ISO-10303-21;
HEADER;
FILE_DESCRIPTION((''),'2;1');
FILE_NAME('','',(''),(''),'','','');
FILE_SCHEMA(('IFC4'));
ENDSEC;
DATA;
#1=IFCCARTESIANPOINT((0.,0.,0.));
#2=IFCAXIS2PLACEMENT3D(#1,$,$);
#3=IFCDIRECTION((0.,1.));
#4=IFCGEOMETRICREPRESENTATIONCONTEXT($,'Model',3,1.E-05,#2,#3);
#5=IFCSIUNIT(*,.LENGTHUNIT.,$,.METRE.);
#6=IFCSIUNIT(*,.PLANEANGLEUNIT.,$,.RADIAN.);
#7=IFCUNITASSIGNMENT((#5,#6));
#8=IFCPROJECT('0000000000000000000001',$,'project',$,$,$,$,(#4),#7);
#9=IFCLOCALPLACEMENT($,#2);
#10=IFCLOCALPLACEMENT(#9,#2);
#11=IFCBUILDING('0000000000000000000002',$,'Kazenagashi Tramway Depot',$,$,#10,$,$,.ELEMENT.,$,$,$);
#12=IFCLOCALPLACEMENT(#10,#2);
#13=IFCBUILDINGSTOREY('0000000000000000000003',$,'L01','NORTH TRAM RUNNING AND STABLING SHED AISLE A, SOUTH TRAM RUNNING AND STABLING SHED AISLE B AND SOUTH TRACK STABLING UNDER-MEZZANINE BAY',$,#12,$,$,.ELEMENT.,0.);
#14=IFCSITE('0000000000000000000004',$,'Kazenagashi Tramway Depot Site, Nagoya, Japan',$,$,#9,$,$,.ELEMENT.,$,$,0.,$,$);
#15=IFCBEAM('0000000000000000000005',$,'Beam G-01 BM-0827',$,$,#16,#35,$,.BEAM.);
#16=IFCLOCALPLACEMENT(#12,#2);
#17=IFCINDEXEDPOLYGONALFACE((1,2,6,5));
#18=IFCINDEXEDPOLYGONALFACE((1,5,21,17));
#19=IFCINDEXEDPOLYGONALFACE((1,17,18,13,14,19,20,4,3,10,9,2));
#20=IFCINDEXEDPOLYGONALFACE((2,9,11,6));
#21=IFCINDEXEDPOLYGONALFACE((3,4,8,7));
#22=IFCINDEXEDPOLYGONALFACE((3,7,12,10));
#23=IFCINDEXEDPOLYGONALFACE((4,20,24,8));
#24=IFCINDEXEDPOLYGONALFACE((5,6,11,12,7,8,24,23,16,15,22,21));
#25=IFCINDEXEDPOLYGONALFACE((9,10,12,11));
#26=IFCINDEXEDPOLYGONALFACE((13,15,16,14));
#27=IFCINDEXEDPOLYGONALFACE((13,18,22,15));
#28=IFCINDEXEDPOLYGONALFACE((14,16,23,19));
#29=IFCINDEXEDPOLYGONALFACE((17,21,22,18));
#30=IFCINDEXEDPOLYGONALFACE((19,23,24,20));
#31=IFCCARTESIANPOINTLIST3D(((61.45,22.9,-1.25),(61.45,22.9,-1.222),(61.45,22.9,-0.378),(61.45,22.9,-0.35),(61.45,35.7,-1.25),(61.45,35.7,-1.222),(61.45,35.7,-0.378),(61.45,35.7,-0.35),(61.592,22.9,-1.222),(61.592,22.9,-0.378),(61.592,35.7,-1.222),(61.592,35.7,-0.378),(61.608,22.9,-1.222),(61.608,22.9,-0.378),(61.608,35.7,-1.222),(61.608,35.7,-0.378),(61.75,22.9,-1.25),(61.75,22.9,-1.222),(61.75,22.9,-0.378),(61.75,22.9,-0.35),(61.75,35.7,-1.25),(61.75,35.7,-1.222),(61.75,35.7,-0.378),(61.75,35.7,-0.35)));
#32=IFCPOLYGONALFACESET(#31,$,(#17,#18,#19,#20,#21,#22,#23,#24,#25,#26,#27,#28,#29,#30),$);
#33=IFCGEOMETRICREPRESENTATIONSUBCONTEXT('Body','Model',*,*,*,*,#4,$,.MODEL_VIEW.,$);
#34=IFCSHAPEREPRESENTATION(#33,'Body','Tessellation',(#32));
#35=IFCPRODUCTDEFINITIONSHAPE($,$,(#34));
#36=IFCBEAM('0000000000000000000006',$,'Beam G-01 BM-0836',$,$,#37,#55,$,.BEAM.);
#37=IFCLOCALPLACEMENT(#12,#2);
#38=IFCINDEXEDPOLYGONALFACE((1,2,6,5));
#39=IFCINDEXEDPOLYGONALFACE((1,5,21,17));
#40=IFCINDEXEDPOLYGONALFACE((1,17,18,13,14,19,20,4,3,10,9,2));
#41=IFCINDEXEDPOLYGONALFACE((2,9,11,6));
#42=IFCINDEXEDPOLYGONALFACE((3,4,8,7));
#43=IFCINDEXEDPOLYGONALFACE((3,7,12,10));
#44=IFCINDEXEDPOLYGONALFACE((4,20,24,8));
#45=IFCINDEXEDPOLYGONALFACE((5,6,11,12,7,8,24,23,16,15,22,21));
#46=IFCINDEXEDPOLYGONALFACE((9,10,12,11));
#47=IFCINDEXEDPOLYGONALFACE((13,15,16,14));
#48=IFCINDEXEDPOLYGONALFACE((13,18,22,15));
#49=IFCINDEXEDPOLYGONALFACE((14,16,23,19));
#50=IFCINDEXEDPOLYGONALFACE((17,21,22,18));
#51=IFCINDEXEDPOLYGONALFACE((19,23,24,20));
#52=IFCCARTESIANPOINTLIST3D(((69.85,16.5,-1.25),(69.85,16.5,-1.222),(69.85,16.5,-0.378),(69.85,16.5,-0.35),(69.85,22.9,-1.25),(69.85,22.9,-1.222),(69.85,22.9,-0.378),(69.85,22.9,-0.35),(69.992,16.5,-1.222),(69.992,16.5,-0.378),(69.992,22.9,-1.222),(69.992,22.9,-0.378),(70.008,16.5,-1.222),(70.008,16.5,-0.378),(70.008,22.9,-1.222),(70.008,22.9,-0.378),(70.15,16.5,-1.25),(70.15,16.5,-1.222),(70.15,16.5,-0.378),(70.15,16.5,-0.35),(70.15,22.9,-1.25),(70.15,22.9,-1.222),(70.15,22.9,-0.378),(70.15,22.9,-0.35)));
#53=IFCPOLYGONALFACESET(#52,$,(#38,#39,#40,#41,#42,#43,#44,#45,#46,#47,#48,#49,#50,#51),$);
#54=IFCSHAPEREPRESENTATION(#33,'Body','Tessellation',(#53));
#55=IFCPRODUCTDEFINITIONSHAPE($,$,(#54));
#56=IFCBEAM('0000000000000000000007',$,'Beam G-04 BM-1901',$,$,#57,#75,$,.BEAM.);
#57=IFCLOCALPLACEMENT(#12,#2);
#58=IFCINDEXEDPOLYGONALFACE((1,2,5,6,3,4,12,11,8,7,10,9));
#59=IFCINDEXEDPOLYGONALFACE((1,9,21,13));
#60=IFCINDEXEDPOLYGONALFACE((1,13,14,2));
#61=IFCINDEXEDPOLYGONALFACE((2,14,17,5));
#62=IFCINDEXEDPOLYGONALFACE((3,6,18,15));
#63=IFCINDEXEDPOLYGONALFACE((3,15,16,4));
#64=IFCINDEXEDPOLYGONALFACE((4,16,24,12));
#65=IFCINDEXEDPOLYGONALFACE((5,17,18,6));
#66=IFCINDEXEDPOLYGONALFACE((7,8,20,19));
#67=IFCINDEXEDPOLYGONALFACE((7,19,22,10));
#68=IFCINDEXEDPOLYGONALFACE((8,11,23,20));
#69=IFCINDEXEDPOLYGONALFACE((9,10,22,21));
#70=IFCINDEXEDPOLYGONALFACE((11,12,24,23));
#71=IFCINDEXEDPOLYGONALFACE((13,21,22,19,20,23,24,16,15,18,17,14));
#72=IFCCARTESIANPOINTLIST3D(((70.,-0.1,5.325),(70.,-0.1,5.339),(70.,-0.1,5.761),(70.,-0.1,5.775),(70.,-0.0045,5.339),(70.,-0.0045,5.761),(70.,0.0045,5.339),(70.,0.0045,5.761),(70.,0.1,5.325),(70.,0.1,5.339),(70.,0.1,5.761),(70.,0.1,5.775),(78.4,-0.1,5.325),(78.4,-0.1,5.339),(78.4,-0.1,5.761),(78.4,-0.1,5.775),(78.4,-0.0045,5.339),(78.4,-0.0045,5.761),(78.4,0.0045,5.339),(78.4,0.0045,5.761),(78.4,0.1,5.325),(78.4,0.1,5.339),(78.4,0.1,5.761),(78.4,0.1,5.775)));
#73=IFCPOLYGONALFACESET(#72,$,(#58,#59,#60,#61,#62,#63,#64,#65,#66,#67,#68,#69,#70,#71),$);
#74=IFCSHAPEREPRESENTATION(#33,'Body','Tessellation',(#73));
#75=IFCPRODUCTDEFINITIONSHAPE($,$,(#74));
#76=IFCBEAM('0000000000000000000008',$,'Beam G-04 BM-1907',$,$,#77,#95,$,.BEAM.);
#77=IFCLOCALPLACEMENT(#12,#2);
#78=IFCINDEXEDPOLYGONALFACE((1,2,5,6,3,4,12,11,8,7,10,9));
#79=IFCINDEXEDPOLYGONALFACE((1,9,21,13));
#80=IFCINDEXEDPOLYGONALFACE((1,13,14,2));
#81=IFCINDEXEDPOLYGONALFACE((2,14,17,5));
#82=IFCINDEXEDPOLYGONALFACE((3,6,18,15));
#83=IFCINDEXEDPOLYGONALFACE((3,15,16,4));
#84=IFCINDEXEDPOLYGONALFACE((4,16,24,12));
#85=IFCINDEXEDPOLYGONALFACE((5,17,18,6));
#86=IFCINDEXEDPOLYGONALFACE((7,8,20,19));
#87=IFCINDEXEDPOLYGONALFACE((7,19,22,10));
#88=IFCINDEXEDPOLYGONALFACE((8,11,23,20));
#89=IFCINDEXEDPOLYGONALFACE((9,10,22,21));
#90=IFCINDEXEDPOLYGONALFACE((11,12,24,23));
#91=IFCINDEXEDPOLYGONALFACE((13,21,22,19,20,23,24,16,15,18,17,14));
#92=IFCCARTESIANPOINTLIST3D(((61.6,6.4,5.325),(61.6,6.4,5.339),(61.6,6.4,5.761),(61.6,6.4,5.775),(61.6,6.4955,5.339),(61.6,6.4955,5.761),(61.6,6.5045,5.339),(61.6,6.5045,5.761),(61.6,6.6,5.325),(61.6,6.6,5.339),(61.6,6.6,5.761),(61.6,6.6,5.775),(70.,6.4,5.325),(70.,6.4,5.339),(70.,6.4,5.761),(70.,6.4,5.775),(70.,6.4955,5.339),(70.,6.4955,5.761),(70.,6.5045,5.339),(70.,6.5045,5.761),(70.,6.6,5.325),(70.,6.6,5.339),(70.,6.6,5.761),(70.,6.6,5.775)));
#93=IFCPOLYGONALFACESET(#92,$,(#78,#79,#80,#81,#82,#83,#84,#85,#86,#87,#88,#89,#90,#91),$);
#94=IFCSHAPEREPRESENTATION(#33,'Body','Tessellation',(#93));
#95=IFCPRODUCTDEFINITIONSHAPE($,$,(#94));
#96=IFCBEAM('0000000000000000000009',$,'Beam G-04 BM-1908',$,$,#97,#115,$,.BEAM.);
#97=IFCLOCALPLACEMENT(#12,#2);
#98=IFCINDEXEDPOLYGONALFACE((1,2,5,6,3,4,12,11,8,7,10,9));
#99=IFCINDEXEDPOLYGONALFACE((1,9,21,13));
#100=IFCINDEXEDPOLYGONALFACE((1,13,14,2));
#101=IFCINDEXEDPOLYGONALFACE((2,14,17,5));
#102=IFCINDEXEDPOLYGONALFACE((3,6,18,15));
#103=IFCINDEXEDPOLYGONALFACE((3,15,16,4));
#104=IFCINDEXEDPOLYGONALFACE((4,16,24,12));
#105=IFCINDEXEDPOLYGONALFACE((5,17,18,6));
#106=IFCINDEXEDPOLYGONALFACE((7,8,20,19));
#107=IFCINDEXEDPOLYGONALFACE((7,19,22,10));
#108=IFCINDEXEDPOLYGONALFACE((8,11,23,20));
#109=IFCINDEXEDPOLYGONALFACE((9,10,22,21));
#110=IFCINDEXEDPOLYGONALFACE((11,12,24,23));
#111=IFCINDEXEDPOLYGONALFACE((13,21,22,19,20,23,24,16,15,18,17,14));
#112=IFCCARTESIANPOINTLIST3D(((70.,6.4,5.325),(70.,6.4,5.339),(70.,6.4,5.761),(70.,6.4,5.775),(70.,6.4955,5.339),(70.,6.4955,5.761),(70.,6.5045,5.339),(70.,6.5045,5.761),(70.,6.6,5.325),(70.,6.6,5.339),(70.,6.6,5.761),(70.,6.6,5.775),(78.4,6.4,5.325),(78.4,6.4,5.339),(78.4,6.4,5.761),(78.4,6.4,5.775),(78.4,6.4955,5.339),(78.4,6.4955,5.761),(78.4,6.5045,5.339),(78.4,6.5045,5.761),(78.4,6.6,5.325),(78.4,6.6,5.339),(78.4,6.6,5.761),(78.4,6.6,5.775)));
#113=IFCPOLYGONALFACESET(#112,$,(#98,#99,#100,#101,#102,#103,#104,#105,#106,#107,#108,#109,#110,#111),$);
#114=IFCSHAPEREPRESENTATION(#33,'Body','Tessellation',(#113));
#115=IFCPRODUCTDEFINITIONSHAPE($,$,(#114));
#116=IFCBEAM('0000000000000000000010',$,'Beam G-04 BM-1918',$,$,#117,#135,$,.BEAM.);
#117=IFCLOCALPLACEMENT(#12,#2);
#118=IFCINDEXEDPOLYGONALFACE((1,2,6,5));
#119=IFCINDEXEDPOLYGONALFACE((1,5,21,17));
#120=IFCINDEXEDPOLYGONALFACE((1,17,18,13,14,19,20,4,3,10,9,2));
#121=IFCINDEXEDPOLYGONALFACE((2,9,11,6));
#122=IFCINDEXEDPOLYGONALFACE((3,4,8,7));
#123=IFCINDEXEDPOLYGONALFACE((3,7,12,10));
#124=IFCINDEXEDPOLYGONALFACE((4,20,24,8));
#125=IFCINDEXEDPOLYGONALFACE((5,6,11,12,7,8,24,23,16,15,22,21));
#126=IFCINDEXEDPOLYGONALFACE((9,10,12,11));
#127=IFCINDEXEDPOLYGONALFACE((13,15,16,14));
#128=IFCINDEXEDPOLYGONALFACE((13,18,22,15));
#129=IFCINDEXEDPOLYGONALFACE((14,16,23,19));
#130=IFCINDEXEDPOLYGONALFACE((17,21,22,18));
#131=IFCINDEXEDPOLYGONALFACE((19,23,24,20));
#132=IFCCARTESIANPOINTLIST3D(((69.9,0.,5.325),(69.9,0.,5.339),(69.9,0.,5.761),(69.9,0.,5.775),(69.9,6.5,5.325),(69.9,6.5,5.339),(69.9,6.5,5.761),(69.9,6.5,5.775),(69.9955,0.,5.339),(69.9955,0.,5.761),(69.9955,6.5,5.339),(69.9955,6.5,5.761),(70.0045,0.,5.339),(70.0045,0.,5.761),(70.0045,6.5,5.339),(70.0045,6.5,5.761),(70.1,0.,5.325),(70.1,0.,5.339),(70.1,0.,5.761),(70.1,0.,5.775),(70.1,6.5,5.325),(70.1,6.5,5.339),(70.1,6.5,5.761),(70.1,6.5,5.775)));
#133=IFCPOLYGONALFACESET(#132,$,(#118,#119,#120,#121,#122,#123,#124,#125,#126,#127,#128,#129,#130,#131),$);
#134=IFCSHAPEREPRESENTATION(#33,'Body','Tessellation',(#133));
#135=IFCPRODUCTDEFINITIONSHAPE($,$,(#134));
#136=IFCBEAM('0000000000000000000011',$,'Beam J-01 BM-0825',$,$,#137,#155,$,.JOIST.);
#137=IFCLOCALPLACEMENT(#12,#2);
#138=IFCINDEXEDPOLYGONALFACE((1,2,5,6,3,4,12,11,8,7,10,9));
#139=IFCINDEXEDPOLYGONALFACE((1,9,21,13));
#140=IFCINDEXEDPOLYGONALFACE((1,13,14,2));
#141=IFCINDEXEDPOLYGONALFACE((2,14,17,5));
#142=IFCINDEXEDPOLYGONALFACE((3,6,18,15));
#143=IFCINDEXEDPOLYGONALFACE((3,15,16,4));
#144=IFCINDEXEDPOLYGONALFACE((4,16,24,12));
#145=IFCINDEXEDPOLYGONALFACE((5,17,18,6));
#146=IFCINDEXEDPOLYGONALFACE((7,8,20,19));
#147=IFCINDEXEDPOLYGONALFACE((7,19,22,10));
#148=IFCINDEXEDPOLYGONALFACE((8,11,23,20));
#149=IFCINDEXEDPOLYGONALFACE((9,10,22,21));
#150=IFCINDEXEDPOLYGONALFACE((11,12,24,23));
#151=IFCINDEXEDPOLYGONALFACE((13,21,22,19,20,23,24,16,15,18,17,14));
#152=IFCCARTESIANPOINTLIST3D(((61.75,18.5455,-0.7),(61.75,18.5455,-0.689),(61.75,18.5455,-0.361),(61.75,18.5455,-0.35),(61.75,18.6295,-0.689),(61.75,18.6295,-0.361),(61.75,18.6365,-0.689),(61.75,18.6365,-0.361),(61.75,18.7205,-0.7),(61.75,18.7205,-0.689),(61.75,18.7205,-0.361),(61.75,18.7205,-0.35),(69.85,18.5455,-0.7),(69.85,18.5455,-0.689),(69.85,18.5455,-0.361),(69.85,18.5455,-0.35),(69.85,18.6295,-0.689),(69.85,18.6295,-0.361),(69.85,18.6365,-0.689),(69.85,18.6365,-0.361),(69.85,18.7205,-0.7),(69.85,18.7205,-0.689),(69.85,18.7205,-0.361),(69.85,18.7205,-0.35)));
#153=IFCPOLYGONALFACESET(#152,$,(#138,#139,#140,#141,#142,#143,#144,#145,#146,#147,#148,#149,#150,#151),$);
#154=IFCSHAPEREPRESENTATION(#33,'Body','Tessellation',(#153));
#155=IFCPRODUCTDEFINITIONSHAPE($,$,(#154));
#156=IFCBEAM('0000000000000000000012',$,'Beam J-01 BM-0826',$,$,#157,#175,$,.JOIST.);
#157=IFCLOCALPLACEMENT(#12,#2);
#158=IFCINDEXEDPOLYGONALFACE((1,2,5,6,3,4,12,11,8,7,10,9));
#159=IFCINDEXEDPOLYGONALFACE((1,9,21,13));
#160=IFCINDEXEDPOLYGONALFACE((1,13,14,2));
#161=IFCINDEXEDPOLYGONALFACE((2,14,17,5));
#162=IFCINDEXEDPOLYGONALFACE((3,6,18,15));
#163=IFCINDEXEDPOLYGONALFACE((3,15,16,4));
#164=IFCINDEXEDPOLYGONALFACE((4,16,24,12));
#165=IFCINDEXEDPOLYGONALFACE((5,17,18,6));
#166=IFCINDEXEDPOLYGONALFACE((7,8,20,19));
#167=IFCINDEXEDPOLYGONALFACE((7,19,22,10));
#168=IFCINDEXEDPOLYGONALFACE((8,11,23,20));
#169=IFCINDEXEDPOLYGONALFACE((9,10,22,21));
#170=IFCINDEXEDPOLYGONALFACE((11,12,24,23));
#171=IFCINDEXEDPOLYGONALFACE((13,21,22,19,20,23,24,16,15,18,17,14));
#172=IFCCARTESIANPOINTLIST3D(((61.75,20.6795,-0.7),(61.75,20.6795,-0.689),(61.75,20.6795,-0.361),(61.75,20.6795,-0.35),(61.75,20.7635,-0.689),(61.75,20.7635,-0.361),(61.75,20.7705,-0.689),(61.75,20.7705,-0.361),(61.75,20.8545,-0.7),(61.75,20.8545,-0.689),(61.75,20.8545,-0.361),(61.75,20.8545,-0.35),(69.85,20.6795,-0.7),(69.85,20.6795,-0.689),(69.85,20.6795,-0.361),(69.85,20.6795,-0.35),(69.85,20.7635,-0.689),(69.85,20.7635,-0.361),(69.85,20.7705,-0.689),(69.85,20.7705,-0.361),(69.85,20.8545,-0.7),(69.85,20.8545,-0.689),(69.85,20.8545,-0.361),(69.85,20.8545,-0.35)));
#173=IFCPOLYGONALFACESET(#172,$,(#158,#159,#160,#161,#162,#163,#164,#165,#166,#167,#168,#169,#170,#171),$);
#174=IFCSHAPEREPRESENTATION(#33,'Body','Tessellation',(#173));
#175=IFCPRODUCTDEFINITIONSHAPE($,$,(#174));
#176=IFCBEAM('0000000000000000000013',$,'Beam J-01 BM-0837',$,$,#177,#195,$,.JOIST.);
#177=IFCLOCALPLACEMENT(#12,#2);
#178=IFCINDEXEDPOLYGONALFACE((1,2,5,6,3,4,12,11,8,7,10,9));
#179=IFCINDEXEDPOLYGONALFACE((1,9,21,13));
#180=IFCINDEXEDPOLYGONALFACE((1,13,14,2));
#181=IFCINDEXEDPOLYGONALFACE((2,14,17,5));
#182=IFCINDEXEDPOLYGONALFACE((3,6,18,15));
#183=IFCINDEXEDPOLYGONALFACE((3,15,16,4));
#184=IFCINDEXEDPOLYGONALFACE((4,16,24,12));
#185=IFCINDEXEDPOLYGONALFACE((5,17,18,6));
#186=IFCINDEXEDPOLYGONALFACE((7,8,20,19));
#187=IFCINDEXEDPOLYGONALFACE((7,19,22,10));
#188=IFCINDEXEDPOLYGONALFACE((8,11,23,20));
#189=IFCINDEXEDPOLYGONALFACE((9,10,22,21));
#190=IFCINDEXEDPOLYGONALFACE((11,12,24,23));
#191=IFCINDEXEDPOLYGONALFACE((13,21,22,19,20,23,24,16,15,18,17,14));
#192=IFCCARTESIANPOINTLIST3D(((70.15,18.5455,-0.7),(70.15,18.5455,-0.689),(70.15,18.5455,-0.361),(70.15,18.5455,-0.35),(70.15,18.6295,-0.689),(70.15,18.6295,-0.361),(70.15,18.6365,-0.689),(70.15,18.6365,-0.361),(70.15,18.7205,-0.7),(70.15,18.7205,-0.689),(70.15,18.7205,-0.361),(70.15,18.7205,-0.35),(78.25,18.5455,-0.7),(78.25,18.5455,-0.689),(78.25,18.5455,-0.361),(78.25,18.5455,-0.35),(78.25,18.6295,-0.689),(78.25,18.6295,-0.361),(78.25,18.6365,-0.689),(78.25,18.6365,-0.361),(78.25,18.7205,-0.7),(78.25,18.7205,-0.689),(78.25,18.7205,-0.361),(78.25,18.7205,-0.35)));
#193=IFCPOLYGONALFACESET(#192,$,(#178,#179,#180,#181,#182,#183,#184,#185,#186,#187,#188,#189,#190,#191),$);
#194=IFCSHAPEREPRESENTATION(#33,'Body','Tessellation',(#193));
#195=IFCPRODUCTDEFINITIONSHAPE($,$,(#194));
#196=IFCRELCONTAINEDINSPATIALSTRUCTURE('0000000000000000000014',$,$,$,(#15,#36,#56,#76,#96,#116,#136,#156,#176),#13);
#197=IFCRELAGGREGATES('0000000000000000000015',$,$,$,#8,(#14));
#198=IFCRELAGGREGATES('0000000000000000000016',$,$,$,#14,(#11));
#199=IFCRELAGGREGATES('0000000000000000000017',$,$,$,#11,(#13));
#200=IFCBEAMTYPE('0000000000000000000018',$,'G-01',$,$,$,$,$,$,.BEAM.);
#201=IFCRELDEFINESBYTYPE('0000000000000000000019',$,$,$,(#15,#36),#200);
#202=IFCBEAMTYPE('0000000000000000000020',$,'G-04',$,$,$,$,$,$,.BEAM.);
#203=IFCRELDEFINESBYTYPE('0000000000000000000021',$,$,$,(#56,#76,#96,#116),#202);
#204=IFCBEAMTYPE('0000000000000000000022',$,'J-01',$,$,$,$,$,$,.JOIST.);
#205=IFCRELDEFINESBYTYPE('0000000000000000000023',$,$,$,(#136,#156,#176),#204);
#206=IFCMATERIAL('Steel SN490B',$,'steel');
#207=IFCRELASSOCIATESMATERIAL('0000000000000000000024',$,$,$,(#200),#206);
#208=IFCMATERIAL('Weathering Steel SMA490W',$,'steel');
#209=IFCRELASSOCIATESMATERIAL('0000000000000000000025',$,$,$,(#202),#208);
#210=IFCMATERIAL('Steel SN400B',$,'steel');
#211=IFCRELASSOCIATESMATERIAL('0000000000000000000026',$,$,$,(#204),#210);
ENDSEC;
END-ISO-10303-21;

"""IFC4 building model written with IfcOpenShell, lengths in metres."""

from ifc_helpers import new_model, si_unit, direction, frame, origin, origin_2d, place, context, subcontext, project, spatial, i_section, extrude, material, material_profile, profile_set, type_object, element, save


model = new_model("IFC4")

# Units and contexts
model_context = context("Model", 3, precision=1e-05, world=origin(), true_north=direction((0.0, 1.0)))
body_context = subcontext(model_context, "Body", "Model", "MODEL_VIEW")
ifc_project = project(units=[si_unit("LENGTHUNIT", "METRE"), si_unit("PLANEANGLEUNIT", "RADIAN")], contexts=[model_context])

# Site, building, storey
site_placement = place(None, origin())
site = spatial("IfcSite", under=ifc_project, at=site_placement, Name="Kazenagashi Tramway Depot Site, Nagoya, Japan", CompositionType="ELEMENT", RefElevation=0.0)
building_placement = place(site_placement, origin())
building = spatial("IfcBuilding", under=site, at=building_placement, Name="Kazenagashi Tramway Depot", CompositionType="ELEMENT")
storey_placement = place(building_placement, origin())
storey = spatial("IfcBuildingStorey", under=building, at=storey_placement, Name="L01", Description="NORTH TRAM RUNNING AND STABLING SHED AISLE A, SOUTH TRAM RUNNING AND STABLING SHED AISLE B AND SOUTH TRACK STABLING UNDER-MEZZANINE BAY", CompositionType="ELEMENT", Elevation=0.0)

# Shared definitions
ifc_material_1 = material(Name="Steel SN490B", Category="steel")
ifc_material_2 = material(Name="Weathering Steel SMA490W", Category="steel")

# Beams
ifc_material_profile_1 = material_profile(ifc_material_1, i_section(OverallWidth=0.3, OverallDepth=0.9, WebThickness=0.016, FlangeThickness=0.028, at=origin_2d()), Name="H-900x300x16x28")
ifc_profile_set_1 = profile_set([ifc_material_profile_1], Name="Steel SN490B")
beam_type_1 = type_object("IfcBeamType", Name="G-01", PredefinedType="BEAM", material=ifc_profile_set_1)
beam_1_placement = place(storey_placement, frame((61.6, 22.9, -0.8), z_axis=(0.0, 1.0, 0.0), x_axis=(-1.0, 0.0, 0.0)))
element("IfcBeam", 1, at=beam_1_placement, inside=storey, type_object=beam_type_1, Name="Beam G-01 BM-0827", PredefinedType="BEAM", context=body_context, shape_type="SweptSolid", body=[
    extrude(i_section(OverallWidth=0.3, OverallDepth=0.9, WebThickness=0.016, FlangeThickness=0.028, at=origin_2d()), origin(), (0.0, 0.0, 1.0), 12.8),
])
beam_2_placement = place(storey_placement, frame((70.0, 16.5, -0.8), z_axis=(0.0, 1.0, 0.0), x_axis=(-1.0, 0.0, 0.0)))
element("IfcBeam", 2, at=beam_2_placement, inside=storey, type_object=beam_type_1, Name="Beam G-01 BM-0836", PredefinedType="BEAM", context=body_context, shape_type="SweptSolid", body=[
    extrude(i_section(OverallWidth=0.3, OverallDepth=0.9, WebThickness=0.016, FlangeThickness=0.028, at=origin_2d()), origin(), (0.0, 0.0, 1.0), 6.4),
])
ifc_material_profile_2 = material_profile(ifc_material_2, i_section(OverallWidth=0.2, OverallDepth=0.45, WebThickness=0.009, FlangeThickness=0.014, at=origin_2d()), Name="H-450x200x9x14")
ifc_profile_set_2 = profile_set([ifc_material_profile_2], Name="Weathering Steel SMA490W")
beam_type_2 = type_object("IfcBeamType", Name="G-04", PredefinedType="BEAM", material=ifc_profile_set_2)
for number, where, z_axis, x_axis, name in (
    (3, (70.0, 0.0, 5.55), (1.0, 0.0, 0.0), (0.0, 1.0, 0.0), "Beam G-04 BM-1901"),
    (4, (61.6, 6.5, 5.55), (1.0, 0.0, 0.0), (0.0, 1.0, 0.0), "Beam G-04 BM-1907"),
    (5, (70.0, 6.5, 5.55), (1.0, 0.0, 0.0), (0.0, 1.0, 0.0), "Beam G-04 BM-1908"),
):
    element("IfcBeam", number, at=place(storey_placement, frame(where, z_axis=z_axis, x_axis=x_axis)), inside=storey, type_object=beam_type_2, Name=name, PredefinedType="BEAM", context=body_context, shape_type="SweptSolid", body=[
        extrude(i_section(OverallWidth=0.2, OverallDepth=0.45, WebThickness=0.009, FlangeThickness=0.014, at=origin_2d()), origin(), (0.0, 0.0, 1.0), 8.4),
    ])
beam_3_placement = place(storey_placement, frame((70.0, 0.0, 5.55), z_axis=(0.0, 1.0, 0.0), x_axis=(-1.0, 0.0, 0.0)))
element("IfcBeam", 6, at=beam_3_placement, inside=storey, type_object=beam_type_2, Name="Beam G-04 BM-1918", PredefinedType="BEAM", context=body_context, shape_type="SweptSolid", body=[
    extrude(i_section(OverallWidth=0.2, OverallDepth=0.45, WebThickness=0.009, FlangeThickness=0.014, at=origin_2d()), origin(), (0.0, 0.0, 1.0), 6.5),
])
ifc_material_3 = material(Name="Steel SN400B", Category="steel")
ifc_material_profile_3 = material_profile(ifc_material_3, i_section(OverallWidth=0.175, OverallDepth=0.35, WebThickness=0.007, FlangeThickness=0.011, at=origin_2d()), Name="H-350x175x7x11")
ifc_profile_set_3 = profile_set([ifc_material_profile_3], Name="Steel SN400B")
beam_type_3 = type_object("IfcBeamType", Name="J-01", PredefinedType="JOIST", material=ifc_profile_set_3)
for number, where, z_axis, x_axis, name in (
    (7, (61.75, 18.633, -0.525), (1.0, 0.0, 0.0), (0.0, 1.0, 0.0), "Beam J-01 BM-0825"),
    (8, (61.75, 20.767, -0.525), (1.0, 0.0, 0.0), (0.0, 1.0, 0.0), "Beam J-01 BM-0826"),
    (9, (70.15, 18.633, -0.525), (1.0, 0.0, 0.0), (0.0, 1.0, 0.0), "Beam J-01 BM-0837"),
):
    element("IfcBeam", number, at=place(storey_placement, frame(where, z_axis=z_axis, x_axis=x_axis)), inside=storey, type_object=beam_type_3, Name=name, PredefinedType="JOIST", context=body_context, shape_type="SweptSolid", body=[
        extrude(i_section(OverallWidth=0.175, OverallDepth=0.35, WebThickness=0.007, FlangeThickness=0.011, at=origin_2d()), origin(), (0.0, 0.0, 1.0), 8.1),
    ])

save(model, "model.ifc")
